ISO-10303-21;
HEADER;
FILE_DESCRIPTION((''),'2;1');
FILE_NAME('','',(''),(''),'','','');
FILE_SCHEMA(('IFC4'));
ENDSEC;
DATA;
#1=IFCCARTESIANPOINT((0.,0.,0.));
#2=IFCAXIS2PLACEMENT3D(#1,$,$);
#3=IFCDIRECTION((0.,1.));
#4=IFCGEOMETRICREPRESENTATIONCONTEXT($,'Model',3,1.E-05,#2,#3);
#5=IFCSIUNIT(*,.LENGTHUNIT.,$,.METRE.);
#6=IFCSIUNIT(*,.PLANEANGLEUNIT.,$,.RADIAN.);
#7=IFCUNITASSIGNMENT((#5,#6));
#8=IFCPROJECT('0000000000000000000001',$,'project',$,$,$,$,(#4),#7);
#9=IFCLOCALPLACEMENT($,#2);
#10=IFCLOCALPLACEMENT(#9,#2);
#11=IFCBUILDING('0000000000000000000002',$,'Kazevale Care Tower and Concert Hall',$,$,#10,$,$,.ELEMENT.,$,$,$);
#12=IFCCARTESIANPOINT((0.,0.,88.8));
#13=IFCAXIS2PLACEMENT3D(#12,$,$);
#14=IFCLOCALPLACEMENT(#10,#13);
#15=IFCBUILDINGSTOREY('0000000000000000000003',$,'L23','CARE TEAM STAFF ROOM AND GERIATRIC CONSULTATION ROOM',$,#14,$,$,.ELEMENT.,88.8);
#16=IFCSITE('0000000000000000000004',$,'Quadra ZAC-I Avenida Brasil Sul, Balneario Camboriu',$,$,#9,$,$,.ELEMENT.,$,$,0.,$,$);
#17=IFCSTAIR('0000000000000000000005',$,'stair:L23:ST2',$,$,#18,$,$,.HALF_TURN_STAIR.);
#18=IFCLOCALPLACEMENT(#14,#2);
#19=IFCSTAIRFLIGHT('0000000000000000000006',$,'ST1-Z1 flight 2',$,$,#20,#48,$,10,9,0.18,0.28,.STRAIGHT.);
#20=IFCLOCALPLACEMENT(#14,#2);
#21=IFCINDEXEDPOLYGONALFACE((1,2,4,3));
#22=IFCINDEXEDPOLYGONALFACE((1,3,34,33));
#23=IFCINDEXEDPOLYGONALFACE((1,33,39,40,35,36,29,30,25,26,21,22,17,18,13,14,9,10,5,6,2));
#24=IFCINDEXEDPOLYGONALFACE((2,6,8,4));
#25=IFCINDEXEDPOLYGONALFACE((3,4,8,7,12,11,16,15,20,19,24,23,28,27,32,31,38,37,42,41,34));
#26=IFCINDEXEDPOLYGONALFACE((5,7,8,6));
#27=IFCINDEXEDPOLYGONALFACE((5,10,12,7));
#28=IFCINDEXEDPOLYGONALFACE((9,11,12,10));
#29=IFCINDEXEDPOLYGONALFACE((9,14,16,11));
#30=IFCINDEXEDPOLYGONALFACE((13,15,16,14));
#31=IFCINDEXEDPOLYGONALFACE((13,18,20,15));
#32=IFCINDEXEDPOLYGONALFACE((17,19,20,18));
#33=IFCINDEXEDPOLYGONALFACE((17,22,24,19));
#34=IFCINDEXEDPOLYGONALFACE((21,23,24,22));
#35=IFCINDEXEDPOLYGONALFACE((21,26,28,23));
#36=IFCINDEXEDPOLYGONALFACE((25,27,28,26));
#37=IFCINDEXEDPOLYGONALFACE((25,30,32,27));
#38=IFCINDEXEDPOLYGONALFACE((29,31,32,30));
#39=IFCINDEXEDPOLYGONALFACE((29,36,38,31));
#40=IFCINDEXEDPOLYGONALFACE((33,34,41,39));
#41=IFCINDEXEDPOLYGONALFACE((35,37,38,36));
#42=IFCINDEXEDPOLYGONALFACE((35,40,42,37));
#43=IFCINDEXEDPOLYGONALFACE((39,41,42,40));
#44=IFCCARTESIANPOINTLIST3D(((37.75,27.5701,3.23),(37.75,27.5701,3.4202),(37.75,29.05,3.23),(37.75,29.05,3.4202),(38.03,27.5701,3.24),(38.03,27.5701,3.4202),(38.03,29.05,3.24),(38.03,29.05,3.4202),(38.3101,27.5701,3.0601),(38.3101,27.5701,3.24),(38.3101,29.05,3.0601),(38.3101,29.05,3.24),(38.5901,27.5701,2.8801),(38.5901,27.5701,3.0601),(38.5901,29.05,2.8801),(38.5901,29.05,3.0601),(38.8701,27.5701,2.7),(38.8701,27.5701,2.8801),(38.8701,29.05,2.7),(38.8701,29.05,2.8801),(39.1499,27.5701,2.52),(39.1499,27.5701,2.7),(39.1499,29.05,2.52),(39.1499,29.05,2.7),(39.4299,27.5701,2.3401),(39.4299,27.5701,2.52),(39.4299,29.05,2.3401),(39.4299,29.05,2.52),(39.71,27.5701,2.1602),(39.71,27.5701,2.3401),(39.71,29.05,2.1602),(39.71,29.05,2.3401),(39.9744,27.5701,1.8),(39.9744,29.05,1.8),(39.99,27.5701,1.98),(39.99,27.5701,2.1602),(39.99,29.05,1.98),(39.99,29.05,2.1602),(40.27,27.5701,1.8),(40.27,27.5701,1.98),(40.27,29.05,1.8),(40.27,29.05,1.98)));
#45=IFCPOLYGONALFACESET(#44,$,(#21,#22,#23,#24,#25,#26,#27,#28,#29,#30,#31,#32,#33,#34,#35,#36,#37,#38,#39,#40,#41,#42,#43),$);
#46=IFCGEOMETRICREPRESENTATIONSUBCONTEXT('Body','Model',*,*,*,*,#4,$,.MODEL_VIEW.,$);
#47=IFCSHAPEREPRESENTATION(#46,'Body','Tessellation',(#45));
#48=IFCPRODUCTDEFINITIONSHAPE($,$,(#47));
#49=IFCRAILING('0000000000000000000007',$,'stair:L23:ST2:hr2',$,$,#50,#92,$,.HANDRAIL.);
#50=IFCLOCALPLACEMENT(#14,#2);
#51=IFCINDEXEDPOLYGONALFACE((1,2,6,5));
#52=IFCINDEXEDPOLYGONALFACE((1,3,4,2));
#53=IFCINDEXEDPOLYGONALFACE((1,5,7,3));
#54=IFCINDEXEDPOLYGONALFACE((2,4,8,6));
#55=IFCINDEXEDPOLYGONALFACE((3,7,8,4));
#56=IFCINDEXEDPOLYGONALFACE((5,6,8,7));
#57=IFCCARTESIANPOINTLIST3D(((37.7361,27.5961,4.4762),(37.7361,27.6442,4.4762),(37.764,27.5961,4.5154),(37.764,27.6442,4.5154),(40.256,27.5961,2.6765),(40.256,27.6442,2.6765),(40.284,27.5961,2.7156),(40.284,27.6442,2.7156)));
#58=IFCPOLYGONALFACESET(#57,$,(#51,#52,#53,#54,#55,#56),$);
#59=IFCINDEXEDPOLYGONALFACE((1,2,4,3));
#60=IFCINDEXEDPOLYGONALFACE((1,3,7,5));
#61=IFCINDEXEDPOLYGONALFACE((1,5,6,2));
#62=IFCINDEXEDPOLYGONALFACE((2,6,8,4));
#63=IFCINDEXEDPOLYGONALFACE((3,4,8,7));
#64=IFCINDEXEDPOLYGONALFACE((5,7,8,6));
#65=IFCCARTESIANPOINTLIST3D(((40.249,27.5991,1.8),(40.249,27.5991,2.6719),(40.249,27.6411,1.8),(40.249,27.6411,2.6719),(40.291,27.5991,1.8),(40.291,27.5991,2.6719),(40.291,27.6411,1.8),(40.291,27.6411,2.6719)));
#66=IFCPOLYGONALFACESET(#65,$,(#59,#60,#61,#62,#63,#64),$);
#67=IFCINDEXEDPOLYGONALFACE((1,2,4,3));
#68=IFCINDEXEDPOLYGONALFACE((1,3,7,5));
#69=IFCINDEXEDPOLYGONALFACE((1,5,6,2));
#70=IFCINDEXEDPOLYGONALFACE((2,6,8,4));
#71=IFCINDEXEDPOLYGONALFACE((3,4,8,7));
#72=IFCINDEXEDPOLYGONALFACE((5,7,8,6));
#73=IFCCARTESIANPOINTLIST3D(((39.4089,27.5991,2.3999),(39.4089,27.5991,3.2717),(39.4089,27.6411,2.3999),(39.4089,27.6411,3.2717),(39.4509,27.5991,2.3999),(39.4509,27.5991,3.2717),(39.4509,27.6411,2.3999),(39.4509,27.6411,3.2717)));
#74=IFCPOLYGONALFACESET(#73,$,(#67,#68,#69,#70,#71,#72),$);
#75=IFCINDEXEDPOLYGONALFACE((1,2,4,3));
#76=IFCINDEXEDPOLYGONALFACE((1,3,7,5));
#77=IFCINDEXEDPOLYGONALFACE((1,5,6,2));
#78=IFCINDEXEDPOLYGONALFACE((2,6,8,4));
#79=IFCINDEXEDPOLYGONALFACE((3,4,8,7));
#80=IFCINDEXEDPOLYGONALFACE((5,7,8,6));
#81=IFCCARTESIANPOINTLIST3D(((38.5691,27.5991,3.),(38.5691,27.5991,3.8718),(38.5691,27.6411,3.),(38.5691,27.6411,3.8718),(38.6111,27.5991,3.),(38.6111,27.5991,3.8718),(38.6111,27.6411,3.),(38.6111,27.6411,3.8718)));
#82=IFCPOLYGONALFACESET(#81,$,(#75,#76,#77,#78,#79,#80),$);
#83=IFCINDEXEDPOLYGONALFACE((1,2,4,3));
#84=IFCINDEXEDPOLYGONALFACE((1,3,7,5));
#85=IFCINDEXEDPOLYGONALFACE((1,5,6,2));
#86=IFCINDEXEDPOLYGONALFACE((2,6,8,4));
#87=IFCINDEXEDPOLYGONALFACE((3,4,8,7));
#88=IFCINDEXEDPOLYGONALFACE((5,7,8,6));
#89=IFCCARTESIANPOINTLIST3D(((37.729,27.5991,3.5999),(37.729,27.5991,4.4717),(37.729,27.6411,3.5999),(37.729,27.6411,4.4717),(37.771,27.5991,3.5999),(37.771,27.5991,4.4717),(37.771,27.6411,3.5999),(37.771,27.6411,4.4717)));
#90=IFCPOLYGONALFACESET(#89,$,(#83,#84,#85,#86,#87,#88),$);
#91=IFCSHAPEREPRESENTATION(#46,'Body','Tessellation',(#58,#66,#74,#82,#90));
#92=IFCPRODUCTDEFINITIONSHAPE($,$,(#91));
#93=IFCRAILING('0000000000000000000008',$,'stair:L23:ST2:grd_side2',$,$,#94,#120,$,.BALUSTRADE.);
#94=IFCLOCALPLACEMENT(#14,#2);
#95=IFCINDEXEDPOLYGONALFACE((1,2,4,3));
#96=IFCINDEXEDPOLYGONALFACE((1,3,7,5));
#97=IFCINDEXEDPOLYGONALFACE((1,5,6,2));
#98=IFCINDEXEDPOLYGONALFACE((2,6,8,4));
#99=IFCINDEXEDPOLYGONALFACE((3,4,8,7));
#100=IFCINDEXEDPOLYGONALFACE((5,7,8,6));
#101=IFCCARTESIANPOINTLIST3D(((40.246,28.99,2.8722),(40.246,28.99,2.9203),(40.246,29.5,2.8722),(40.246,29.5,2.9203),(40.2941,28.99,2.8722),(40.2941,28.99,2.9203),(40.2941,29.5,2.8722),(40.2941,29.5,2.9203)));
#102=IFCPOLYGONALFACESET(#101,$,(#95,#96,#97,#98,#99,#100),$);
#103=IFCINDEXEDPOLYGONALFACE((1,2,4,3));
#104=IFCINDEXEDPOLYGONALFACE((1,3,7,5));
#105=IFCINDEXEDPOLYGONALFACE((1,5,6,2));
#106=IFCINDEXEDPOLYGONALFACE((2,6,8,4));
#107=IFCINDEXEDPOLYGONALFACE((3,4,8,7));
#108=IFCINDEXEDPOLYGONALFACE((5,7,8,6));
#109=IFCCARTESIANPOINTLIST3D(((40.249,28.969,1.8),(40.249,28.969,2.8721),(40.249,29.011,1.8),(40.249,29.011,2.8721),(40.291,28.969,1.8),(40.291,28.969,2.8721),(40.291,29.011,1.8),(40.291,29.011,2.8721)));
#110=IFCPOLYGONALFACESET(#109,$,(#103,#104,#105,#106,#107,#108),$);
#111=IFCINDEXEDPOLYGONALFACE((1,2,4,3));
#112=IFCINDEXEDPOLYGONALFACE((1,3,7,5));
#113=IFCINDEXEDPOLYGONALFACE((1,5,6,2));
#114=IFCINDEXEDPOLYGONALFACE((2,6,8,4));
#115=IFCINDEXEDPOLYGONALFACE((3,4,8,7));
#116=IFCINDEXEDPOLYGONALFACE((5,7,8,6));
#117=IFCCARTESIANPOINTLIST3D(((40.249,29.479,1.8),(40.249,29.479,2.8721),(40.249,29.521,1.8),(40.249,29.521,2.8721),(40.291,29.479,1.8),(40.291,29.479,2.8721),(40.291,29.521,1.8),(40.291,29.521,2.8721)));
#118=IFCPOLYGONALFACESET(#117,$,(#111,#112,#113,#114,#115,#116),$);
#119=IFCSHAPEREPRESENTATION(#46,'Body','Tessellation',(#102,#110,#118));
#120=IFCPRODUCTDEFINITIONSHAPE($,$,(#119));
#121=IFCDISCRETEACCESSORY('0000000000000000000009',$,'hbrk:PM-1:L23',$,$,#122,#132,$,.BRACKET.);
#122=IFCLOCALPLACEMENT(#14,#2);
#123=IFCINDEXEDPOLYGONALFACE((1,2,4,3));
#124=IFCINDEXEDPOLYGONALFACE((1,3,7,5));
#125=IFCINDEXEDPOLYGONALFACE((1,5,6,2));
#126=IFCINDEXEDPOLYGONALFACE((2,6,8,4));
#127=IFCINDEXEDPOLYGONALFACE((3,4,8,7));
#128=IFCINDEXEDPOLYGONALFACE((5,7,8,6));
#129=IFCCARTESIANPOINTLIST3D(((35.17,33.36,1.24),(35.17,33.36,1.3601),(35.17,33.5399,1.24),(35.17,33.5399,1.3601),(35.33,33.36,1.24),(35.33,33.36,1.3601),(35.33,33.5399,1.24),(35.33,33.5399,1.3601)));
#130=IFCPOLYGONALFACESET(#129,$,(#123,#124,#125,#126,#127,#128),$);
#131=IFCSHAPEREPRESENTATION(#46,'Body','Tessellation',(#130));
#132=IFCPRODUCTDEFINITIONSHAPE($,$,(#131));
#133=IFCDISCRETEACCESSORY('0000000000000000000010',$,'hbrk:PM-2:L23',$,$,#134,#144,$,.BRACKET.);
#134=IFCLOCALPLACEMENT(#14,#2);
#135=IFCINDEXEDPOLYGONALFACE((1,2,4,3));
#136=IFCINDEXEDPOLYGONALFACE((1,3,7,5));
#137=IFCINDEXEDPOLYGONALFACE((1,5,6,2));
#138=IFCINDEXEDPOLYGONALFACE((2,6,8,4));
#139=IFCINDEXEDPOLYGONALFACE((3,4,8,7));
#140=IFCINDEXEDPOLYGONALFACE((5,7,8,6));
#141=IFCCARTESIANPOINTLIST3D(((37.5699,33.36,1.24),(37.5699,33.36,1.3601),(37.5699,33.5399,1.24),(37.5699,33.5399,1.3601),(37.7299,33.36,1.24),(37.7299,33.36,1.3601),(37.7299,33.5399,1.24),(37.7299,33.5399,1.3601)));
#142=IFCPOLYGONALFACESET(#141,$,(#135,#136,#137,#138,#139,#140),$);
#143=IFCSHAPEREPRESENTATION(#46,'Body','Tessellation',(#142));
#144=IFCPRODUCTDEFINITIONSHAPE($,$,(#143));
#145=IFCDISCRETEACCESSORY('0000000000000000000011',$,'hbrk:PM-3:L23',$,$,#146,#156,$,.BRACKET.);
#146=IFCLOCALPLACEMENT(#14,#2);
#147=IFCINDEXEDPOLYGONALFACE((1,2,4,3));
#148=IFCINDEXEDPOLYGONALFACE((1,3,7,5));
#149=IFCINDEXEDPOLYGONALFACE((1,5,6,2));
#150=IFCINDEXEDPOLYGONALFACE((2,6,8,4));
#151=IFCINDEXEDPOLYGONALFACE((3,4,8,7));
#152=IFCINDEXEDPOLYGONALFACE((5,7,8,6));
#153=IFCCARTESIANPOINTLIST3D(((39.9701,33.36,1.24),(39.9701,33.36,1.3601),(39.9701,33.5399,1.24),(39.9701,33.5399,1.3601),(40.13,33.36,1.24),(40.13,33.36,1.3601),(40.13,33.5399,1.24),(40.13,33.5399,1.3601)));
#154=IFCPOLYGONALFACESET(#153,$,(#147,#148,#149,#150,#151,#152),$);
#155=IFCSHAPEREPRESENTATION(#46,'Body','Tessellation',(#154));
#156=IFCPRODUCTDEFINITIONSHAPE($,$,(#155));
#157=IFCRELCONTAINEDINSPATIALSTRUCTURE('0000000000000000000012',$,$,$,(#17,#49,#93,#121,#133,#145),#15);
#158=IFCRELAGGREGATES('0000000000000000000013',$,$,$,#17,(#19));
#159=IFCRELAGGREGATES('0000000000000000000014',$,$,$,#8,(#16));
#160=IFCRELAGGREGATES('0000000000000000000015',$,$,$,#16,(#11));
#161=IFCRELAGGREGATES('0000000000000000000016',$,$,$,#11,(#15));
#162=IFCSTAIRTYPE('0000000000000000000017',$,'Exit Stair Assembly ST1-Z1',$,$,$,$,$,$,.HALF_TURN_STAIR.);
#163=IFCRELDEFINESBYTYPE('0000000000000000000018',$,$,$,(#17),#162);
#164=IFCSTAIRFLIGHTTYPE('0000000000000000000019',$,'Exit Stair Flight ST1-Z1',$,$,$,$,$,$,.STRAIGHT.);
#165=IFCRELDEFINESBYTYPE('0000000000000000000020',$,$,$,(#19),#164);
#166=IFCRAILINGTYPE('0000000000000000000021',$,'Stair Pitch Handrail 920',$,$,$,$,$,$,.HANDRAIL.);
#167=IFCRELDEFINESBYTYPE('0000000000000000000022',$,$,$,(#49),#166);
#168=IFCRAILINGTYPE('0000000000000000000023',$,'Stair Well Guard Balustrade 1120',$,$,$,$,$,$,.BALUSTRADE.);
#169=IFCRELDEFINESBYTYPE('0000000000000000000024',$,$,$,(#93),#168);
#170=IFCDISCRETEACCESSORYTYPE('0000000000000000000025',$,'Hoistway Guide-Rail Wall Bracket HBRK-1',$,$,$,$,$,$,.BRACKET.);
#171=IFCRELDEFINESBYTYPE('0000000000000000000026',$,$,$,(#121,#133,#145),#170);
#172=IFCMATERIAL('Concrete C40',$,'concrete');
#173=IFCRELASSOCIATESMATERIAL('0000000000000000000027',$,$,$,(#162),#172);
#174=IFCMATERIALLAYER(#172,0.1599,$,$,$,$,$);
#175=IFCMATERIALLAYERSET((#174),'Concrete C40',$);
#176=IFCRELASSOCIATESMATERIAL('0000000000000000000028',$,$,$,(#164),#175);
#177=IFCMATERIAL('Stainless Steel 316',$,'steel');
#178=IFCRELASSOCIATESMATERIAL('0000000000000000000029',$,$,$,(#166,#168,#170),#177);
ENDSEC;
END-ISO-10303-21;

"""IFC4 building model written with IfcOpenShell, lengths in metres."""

from ifc_helpers import new_model, si_unit, direction, frame, origin, origin_2d, place, context, subcontext, project, spatial, polyline, rectangle, outline, extrude, material, layer, layer_set, type_object, element, aggregate, save


model = new_model("IFC4")

# Units and contexts
model_context = context("Model", 3, precision=1e-05, world=origin(), true_north=direction((0.0, 1.0)))
body_context = subcontext(model_context, "Body", "Model", "MODEL_VIEW")
ifc_project = project(units=[si_unit("LENGTHUNIT", "METRE"), si_unit("PLANEANGLEUNIT", "RADIAN")], contexts=[model_context])

# Site, building, storey
site_placement = place(None, origin())
site = spatial("IfcSite", under=ifc_project, at=site_placement, Name="Quadra ZAC-I Avenida Brasil Sul, Balneario Camboriu", CompositionType="ELEMENT", RefElevation=0.0)
building_placement = place(site_placement, origin())
building = spatial("IfcBuilding", under=site, at=building_placement, Name="Kazevale Care Tower and Concert Hall", CompositionType="ELEMENT")
storey_placement = place(building_placement, frame((0.0, 0.0, 88.8)))
storey = spatial("IfcBuildingStorey", under=building, at=storey_placement, Name="L23", Description="CARE TEAM STAFF ROOM AND GERIATRIC CONSULTATION ROOM", CompositionType="ELEMENT", Elevation=88.8)

# Shared definitions
ifc_material_1 = material(Name="Concrete C40", Category="concrete")

# Stair, stair flight
stair_type = type_object("IfcStairType", Name="Exit Stair Assembly ST1-Z1", PredefinedType="HALF_TURN_STAIR", material=ifc_material_1)
stair_placement = place(storey_placement, origin())
stair = element("IfcStair", 1, at=stair_placement, inside=storey, type_object=stair_type, Name="stair:L23:ST2", PredefinedType="HALF_TURN_STAIR")
ifc_layer_1 = layer(ifc_material_1, 0.1599)
ifc_layer_set_1 = layer_set([ifc_layer_1], Name="Concrete C40")
stair_flight_type = type_object("IfcStairFlightType", Name="Exit Stair Flight ST1-Z1", PredefinedType="STRAIGHT", material=ifc_layer_set_1)
stair_flight_placement = place(storey_placement, frame((40.27, 28.3101, 1.8), z_axis=(0.0, 0.0, 1.0), x_axis=(-1.0, 0.0, 0.0)))
stair_flight = element("IfcStairFlight", 2, at=stair_flight_placement, type_object=stair_flight_type, Name="ST1-Z1 flight 2", NumberOfRisers=10, NumberOfTreads=9, PredefinedType="STRAIGHT", RiserHeight=0.18, TreadLength=0.28, context=body_context, shape_type="SweptSolid", body=[
    extrude(outline(polyline([(0.0, 0.0), (0.0, 0.1799), (0.28, 0.1799), (0.28, 0.3601), (0.5601, 0.3601), (0.5601, 0.54), (0.8401, 0.54), (0.8401, 0.72), (1.1201, 0.72), (1.1201, 0.8999), (1.3999, 0.8999), (1.3999, 1.0801), (1.6799, 1.0801), (1.6799, 1.26), (1.96, 1.26), (1.96, 1.4399), (2.24, 1.4399), (2.24, 1.6201), (2.52, 1.6201), (2.52, 1.8), (2.52, 1.4299), (0.2957, 0.0), (0.0, 0.0)])), frame((0.0, 0.74, 0.0), z_axis=(0.0, -1.0, 0.0), x_axis=(1.0, 0.0, 0.0)), (0.0, 0.0, 1.0), 1.48),
])
aggregate(stair, [stair_flight])

# Railings
ifc_material_2 = material(Name="Stainless Steel 316", Category="steel")
railing_type_1 = type_object("IfcRailingType", Name="Stair Pitch Handrail 920", PredefinedType="HANDRAIL", material=ifc_material_2)
railing_1_placement = place(storey_placement, frame((40.27, 27.6201, 1.8)))
element("IfcRailing", 3, at=railing_1_placement, inside=storey, type_object=railing_type_1, Name="stair:L23:ST2:hr2", PredefinedType="HANDRAIL", context=body_context, shape_type="SweptSolid", body=[
    extrude(rectangle(XDim=0.0481, YDim=0.0481, at=origin_2d()), frame((0.0, 0.0, 0.896), z_axis=(-0.813765, 0.0, 0.581193), x_axis=(0.0, -1.0, 0.0)), (0.0, 0.0, 1.0), 3.0967),
    extrude(rectangle(XDim=0.042, YDim=0.042, at=origin_2d()), origin(), (0.0, 0.0, 1.0), 0.8718),
    extrude(rectangle(XDim=0.042, YDim=0.042, at=origin_2d()), frame((-0.8401, 0.0, 0.5999)), (0.0, 0.0, 1.0), 0.8718),
    extrude(rectangle(XDim=0.042, YDim=0.042, at=origin_2d()), frame((-1.6799, 0.0, 1.2)), (0.0, 0.0, 1.0), 0.8718),
    extrude(rectangle(XDim=0.042, YDim=0.042, at=origin_2d()), frame((-2.52, 0.0, 1.7998)), (0.0, 0.0, 1.0), 0.8718),
])
railing_type_2 = type_object("IfcRailingType", Name="Stair Well Guard Balustrade 1120", PredefinedType="BALUSTRADE", material=ifc_material_2)
railing_2_placement = place(storey_placement, frame((40.27, 28.99, 1.8)))
element("IfcRailing", 4, at=railing_2_placement, inside=storey, type_object=railing_type_2, Name="stair:L23:ST2:grd_side2", PredefinedType="BALUSTRADE", context=body_context, shape_type="SweptSolid", body=[
    extrude(rectangle(XDim=0.0481, YDim=0.0481, at=origin_2d()), frame((0.0, 0.0, 1.0962), z_axis=(0.0, 1.0, 0.0), x_axis=(-1.0, 0.0, 0.0)), (0.0, 0.0, 1.0), 0.51),
    extrude(rectangle(XDim=0.042, YDim=0.042, at=origin_2d()), origin(), (0.0, 0.0, 1.0), 1.072),
    extrude(rectangle(XDim=0.042, YDim=0.042, at=origin_2d()), frame((0.0, 0.51, 0.0)), (0.0, 0.0, 1.0), 1.072),
])

# Discrete accessories
discrete_accessory_type = type_object("IfcDiscreteAccessoryType", Name="Hoistway Guide-Rail Wall Bracket HBRK-1", PredefinedType="BRACKET", material=ifc_material_2)
for number, where, z_axis, x_axis, name in (
    (5, (35.25, 33.45, 1.24), (0.0, 0.0, 1.0), (1.0, 0.0, 0.0), "hbrk:PM-1:L23"),
    (6, (37.6499, 33.45, 1.24), (0.0, 0.0, 1.0), (1.0, 0.0, 0.0), "hbrk:PM-2:L23"),
    (7, (40.05, 33.45, 1.24), (0.0, 0.0, 1.0), (1.0, 0.0, 0.0), "hbrk:PM-3:L23"),
):
    element("IfcDiscreteAccessory", number, at=place(storey_placement, frame(where, z_axis=z_axis, x_axis=x_axis)), inside=storey, type_object=discrete_accessory_type, Name=name, PredefinedType="BRACKET", context=body_context, shape_type="SweptSolid", body=[
        extrude(rectangle(XDim=0.1599, YDim=0.1799, at=origin_2d()), origin(), (0.0, 0.0, 1.0), 0.1201),
    ])

save(model, "model.ifc")
